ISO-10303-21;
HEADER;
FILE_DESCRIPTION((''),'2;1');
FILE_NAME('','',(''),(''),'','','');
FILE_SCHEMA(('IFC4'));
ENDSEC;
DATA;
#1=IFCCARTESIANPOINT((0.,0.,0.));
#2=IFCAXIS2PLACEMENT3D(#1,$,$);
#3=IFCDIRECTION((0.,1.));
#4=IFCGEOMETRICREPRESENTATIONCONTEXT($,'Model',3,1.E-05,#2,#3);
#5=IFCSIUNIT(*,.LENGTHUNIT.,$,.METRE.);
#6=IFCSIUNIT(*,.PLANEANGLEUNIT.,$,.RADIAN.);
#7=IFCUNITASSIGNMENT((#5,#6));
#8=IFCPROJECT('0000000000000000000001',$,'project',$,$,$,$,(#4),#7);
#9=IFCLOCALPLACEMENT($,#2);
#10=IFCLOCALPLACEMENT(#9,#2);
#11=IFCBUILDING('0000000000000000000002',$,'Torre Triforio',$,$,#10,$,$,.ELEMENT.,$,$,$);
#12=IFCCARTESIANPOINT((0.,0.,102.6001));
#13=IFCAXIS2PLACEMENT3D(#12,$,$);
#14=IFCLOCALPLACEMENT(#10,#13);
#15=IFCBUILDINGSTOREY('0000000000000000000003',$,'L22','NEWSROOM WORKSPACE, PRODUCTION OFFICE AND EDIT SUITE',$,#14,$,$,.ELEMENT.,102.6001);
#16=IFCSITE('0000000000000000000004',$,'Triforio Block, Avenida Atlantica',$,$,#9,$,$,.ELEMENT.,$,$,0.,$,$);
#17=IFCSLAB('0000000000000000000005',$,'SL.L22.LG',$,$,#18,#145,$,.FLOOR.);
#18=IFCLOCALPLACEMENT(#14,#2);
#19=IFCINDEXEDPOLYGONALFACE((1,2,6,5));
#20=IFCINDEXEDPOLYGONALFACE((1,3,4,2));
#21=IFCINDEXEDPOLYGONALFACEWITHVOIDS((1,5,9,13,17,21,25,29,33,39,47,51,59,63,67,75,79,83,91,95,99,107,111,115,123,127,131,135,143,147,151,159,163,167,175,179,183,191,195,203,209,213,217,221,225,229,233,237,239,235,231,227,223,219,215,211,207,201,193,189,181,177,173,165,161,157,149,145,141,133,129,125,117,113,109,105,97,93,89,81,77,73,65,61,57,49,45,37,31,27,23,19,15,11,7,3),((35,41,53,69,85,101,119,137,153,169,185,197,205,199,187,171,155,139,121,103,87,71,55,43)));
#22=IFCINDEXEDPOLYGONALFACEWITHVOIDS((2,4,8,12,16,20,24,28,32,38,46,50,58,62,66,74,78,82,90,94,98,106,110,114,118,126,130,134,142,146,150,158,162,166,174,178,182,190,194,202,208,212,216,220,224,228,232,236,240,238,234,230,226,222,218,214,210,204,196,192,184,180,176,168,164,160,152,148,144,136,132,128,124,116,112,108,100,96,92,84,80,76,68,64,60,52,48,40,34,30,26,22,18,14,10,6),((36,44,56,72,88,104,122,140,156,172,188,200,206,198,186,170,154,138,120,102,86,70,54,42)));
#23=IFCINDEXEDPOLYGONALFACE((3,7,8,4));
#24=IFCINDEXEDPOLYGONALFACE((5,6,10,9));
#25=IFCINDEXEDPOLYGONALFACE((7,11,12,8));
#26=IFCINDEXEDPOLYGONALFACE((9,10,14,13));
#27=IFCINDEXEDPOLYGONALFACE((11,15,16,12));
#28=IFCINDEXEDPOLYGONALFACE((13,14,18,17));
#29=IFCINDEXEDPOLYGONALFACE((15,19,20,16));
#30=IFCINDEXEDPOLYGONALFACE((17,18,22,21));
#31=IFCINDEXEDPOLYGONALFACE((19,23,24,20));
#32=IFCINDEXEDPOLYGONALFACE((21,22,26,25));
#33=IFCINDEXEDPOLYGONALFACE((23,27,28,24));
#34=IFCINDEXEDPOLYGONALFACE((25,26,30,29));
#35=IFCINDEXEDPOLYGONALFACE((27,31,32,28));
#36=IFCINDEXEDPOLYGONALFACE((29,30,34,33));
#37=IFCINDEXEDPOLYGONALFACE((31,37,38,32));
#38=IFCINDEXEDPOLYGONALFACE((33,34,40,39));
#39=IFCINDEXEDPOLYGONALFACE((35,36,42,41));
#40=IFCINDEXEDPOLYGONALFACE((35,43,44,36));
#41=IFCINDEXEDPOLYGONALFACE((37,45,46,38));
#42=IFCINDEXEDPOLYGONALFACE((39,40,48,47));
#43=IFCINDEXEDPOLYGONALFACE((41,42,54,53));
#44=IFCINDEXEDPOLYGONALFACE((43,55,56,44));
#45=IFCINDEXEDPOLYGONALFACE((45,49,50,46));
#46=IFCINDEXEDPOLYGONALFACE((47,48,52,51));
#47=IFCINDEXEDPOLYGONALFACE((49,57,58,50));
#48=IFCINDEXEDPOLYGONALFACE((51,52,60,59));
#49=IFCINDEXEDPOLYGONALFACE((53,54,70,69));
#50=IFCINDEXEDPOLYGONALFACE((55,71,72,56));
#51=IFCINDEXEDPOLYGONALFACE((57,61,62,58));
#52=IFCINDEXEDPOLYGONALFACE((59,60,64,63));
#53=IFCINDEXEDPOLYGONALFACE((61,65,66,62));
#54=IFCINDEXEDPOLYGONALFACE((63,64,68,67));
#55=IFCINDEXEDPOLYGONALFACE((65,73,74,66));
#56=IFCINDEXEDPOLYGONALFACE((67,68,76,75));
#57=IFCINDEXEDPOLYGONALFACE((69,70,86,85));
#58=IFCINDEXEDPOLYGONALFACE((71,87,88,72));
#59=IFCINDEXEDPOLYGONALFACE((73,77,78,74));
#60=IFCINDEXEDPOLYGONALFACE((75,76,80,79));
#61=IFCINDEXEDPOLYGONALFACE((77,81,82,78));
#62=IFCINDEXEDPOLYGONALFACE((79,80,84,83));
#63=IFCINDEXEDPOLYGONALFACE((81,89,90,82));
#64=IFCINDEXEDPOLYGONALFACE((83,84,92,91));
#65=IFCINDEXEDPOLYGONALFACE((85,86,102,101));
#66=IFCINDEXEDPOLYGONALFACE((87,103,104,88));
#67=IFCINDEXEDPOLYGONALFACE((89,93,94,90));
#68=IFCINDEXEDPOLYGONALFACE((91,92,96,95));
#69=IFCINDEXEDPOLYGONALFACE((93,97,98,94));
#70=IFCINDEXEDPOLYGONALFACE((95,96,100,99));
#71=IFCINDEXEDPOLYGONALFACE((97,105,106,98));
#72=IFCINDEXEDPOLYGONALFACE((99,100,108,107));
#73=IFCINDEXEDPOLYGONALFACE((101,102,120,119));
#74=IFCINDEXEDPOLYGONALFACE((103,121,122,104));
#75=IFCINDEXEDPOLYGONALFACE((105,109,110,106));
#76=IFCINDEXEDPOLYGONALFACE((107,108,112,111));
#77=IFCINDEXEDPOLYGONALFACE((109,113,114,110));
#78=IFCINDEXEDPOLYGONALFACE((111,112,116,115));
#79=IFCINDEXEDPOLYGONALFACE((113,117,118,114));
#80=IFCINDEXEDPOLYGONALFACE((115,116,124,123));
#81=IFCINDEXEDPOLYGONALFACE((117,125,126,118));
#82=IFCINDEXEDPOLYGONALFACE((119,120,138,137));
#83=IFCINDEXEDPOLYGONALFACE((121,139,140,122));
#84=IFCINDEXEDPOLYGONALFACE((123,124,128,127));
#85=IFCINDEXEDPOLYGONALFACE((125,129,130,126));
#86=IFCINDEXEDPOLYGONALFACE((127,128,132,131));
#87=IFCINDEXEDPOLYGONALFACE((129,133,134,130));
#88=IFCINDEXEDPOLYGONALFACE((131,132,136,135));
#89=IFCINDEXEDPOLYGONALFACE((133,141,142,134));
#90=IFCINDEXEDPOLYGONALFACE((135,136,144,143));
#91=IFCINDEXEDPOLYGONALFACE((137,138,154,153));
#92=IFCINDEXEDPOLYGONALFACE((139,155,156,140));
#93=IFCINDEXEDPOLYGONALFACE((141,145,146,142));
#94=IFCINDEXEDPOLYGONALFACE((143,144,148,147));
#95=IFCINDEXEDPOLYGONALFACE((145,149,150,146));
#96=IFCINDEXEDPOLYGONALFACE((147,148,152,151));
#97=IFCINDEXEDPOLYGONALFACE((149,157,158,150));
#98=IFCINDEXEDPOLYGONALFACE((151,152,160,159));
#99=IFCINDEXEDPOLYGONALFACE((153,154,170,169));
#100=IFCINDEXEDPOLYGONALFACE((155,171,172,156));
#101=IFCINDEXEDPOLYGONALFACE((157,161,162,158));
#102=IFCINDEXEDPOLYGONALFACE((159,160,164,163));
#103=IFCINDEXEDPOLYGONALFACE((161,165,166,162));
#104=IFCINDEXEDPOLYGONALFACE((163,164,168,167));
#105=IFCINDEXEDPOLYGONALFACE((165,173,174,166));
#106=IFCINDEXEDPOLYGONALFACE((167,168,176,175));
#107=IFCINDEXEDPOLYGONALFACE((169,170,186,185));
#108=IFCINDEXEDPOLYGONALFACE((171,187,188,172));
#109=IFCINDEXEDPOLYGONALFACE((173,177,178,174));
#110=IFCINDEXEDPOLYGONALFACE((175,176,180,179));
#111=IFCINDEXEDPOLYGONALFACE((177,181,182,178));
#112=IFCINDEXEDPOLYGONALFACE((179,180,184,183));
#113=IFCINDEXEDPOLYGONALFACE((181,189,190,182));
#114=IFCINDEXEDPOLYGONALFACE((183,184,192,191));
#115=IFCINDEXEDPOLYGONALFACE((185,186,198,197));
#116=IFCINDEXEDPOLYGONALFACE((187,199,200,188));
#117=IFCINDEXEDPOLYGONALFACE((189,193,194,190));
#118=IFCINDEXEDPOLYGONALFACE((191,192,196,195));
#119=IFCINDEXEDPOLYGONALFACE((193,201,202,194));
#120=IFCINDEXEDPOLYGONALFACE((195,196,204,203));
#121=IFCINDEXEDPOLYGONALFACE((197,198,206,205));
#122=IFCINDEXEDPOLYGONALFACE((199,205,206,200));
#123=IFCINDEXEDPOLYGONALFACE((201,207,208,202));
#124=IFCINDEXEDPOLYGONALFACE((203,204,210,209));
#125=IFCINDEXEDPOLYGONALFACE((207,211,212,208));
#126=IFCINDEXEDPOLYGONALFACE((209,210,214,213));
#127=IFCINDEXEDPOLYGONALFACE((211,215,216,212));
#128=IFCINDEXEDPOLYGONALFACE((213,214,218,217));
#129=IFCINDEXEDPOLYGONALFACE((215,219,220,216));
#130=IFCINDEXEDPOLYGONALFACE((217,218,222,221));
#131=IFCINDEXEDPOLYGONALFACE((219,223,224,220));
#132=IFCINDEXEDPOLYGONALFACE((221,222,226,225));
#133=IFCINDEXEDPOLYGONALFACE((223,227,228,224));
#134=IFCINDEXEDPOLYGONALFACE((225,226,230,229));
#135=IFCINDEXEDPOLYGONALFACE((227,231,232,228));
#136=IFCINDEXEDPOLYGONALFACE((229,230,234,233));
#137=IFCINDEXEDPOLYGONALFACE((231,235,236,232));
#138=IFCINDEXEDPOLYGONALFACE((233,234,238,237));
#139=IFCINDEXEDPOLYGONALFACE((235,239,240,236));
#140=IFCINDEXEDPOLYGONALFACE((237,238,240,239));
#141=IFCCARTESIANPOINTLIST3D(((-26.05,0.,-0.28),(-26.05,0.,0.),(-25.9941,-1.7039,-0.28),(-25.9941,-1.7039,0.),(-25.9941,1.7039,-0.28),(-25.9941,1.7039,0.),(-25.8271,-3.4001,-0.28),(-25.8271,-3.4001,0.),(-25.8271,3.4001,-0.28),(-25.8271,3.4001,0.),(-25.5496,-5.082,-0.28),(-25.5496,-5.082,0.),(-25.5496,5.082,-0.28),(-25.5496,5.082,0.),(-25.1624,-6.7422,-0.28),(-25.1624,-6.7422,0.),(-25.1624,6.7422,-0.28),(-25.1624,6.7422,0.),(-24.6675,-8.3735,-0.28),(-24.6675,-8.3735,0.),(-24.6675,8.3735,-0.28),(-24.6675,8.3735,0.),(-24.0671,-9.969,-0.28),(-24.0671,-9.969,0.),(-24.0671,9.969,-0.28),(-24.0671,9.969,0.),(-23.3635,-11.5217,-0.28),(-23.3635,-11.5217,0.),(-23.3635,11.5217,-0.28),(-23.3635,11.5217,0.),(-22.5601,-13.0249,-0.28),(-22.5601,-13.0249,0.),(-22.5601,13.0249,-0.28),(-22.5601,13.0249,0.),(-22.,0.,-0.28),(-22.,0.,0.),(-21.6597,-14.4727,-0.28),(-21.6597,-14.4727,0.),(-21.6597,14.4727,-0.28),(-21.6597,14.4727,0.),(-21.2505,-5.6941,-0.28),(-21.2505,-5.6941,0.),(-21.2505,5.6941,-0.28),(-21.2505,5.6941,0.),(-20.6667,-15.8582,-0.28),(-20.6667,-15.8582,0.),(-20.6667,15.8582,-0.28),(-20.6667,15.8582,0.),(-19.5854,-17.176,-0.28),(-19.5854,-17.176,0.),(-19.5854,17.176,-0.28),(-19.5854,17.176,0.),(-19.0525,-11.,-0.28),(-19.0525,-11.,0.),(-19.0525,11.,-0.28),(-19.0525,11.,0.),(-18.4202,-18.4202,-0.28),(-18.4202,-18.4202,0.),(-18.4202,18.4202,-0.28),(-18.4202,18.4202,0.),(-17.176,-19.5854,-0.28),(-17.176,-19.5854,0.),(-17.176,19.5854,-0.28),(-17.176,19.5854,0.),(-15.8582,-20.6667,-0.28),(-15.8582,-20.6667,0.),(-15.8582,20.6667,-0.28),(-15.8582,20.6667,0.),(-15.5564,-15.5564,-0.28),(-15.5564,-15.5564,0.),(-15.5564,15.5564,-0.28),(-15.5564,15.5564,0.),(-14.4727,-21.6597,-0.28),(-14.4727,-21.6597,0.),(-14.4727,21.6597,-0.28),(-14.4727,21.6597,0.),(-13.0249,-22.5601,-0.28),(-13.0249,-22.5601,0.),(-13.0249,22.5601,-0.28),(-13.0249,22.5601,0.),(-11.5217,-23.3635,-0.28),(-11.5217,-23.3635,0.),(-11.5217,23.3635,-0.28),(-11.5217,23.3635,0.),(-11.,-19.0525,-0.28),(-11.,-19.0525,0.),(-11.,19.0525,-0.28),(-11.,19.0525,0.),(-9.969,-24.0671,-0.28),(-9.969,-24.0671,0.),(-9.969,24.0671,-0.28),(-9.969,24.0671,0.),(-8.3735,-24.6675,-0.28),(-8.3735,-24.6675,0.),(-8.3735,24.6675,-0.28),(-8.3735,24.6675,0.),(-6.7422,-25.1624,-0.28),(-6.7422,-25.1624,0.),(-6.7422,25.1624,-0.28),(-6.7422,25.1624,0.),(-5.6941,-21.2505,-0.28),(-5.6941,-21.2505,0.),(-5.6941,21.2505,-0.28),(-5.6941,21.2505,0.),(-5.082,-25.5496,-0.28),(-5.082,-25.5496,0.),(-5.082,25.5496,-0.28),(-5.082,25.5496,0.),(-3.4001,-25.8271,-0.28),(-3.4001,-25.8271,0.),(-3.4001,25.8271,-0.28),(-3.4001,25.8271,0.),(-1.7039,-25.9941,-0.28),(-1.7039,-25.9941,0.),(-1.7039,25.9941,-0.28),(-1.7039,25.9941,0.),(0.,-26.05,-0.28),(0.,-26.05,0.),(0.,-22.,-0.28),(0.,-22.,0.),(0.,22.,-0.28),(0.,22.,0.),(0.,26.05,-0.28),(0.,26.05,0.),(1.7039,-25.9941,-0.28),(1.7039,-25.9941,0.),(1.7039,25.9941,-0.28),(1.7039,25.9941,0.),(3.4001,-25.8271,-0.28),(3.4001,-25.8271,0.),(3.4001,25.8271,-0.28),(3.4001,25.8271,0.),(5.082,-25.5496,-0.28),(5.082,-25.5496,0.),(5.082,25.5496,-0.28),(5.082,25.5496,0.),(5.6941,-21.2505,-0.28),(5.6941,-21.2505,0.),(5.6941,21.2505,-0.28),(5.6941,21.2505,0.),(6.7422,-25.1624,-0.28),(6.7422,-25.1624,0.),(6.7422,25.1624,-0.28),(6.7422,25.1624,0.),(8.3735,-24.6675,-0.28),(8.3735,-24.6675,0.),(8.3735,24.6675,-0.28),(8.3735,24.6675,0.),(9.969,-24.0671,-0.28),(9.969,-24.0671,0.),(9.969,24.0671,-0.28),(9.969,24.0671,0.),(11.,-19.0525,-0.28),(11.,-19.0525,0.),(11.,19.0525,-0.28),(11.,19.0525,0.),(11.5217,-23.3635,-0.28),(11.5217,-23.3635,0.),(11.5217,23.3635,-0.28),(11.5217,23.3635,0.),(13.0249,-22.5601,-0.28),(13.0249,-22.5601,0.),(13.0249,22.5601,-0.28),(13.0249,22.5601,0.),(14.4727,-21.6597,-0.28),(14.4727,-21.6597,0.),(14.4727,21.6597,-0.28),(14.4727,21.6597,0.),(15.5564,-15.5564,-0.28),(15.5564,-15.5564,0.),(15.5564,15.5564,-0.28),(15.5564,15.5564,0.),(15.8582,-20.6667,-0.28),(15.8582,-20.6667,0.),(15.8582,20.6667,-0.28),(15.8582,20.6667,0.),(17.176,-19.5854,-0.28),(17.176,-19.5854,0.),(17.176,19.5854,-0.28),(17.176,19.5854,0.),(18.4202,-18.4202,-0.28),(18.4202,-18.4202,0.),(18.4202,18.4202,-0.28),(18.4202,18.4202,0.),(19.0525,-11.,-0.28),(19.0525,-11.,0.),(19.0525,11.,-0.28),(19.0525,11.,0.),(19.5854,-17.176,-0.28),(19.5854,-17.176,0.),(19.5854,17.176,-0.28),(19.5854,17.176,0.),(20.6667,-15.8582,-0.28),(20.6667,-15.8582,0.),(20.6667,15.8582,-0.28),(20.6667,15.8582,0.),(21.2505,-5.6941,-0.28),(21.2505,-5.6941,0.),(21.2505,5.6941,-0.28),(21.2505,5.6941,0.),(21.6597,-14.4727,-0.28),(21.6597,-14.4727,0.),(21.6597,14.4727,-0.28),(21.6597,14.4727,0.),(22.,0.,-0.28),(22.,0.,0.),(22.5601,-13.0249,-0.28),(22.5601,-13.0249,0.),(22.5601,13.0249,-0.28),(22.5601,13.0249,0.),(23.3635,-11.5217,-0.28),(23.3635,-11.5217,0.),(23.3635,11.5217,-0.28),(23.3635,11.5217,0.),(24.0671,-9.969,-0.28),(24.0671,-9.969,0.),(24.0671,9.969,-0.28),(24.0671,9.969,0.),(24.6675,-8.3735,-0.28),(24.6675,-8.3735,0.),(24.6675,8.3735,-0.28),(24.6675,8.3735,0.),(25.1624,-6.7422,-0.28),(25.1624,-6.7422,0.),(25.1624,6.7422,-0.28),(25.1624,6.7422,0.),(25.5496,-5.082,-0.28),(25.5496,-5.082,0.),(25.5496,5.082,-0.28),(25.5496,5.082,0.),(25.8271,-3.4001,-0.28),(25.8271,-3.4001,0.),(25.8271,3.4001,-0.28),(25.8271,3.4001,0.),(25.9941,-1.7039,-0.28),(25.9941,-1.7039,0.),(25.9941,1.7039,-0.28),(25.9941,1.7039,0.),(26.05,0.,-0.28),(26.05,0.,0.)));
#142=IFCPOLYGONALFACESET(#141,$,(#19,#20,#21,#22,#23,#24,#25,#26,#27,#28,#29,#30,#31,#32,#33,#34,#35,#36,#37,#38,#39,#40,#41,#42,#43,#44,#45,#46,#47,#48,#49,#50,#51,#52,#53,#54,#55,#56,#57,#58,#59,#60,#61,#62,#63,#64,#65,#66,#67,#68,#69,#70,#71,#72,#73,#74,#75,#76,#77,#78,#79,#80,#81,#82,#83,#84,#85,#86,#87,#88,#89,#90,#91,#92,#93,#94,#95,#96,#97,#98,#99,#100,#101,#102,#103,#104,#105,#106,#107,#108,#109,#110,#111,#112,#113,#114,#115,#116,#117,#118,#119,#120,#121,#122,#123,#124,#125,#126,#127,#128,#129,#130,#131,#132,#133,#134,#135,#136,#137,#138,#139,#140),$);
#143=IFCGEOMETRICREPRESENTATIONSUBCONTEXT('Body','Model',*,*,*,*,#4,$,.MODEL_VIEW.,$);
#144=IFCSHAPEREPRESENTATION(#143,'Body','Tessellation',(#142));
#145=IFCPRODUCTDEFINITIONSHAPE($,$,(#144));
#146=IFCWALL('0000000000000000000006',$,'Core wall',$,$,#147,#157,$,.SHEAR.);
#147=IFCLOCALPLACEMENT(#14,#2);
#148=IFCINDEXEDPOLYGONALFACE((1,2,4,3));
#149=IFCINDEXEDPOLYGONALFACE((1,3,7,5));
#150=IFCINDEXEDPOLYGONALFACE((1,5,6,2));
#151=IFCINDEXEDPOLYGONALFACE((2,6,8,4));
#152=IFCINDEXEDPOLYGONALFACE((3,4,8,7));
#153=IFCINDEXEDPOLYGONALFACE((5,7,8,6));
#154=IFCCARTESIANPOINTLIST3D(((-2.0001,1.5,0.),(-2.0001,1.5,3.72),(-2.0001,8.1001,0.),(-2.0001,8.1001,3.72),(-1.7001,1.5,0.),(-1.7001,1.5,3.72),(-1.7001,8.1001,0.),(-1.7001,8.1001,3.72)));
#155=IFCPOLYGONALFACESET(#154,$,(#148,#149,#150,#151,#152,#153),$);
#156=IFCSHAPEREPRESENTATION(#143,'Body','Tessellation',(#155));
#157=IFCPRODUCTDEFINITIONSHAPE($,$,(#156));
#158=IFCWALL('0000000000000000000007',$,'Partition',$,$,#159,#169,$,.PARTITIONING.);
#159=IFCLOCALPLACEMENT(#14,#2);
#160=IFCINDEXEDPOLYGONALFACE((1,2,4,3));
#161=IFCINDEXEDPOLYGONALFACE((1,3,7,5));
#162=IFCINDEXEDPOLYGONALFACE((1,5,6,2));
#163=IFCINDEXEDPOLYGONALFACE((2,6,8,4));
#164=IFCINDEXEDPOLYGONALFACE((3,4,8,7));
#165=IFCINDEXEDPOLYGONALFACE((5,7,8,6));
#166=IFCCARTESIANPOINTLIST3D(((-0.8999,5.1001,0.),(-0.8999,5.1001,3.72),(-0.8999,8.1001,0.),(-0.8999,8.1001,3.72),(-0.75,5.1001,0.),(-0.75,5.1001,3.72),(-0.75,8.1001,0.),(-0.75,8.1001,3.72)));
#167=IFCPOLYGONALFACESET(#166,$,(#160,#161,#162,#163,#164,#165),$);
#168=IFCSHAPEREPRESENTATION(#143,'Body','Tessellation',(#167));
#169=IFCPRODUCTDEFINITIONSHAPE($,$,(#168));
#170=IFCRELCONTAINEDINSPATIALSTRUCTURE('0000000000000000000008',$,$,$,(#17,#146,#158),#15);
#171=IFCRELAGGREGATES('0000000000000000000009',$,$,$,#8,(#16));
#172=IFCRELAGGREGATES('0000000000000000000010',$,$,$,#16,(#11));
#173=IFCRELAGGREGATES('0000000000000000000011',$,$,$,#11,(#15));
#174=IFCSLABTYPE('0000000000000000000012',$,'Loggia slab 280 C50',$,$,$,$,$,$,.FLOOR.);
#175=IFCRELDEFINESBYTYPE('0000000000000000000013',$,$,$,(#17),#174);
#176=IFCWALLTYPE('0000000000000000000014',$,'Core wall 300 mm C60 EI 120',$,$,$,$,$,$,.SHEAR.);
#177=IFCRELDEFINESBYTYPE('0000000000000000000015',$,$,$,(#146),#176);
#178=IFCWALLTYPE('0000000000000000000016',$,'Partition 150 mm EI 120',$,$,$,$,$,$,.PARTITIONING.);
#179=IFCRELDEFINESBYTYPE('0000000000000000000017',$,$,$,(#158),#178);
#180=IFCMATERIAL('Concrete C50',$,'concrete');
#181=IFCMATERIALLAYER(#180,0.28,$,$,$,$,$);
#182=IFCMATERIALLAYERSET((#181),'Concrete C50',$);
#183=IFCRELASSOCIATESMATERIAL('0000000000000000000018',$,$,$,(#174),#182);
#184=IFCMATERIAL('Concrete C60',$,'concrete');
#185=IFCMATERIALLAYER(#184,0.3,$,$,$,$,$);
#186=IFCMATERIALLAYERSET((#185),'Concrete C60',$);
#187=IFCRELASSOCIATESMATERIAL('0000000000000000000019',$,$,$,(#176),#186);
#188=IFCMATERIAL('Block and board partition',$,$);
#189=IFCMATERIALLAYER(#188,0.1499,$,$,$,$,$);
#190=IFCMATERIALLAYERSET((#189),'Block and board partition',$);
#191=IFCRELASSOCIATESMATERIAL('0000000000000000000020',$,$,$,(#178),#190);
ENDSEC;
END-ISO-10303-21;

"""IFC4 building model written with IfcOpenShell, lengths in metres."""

from ifc_helpers import new_model, si_unit, direction, frame, frame_2d, origin, place, context, subcontext, project, spatial, polyline, rectangle, outline, extrude, material, layer, layer_set, type_object, element, save


model = new_model("IFC4")

# Units and contexts
model_context = context("Model", 3, precision=1e-05, world=origin(), true_north=direction((0.0, 1.0)))
body_context = subcontext(model_context, "Body", "Model", "MODEL_VIEW")
ifc_project = project(units=[si_unit("LENGTHUNIT", "METRE"), si_unit("PLANEANGLEUNIT", "RADIAN")], contexts=[model_context])

# Site, building, storey
site_placement = place(None, origin())
site = spatial("IfcSite", under=ifc_project, at=site_placement, Name="Triforio Block, Avenida Atlantica", CompositionType="ELEMENT", RefElevation=0.0)
building_placement = place(site_placement, origin())
building = spatial("IfcBuilding", under=site, at=building_placement, Name="Torre Triforio", CompositionType="ELEMENT")
storey_placement = place(building_placement, frame((0.0, 0.0, 102.6001)))
storey = spatial("IfcBuildingStorey", under=building, at=storey_placement, Name="L22", Description="NEWSROOM WORKSPACE, PRODUCTION OFFICE AND EDIT SUITE", CompositionType="ELEMENT", Elevation=102.6001)

# Slab
ifc_material_1 = material(Name="Concrete C50", Category="concrete")
ifc_layer_1 = layer(ifc_material_1, 0.28)
ifc_layer_set_1 = layer_set([ifc_layer_1], Name="Concrete C50")
slab_type_1 = type_object("IfcSlabType", Name="Loggia slab 280 C50", PredefinedType="FLOOR", material=ifc_layer_set_1)
slab_1_placement = place(storey_placement, frame((0.0, 0.0, -0.28)))
element("IfcSlab", 1, at=slab_1_placement, inside=storey, type_object=slab_type_1, Name="SL.L22.LG", PredefinedType="FLOOR", context=body_context, shape_type="SweptSolid", body=[
    extrude(outline(polyline([(25.9941, -1.7039), (26.05, 0.0), (25.9941, 1.7039), (25.8271, 3.4001), (25.5496, 5.082), (25.1624, 6.7422), (24.6675, 8.3735), (24.0671, 9.969), (23.3635, 11.5217), (22.5601, 13.0249), (21.6597, 14.4727), (20.6667, 15.8582), (19.5854, 17.176), (18.4202, 18.4202), (17.176, 19.5854), (15.8582, 20.6667), (14.4727, 21.6597), (13.0249, 22.5601), (11.5217, 23.3635), (9.969, 24.0671), (8.3735, 24.6675), (6.7422, 25.1624), (5.082, 25.5496), (3.4001, 25.8271), (1.7039, 25.9941), (0.0, 26.05), (-1.7039, 25.9941), (-3.4001, 25.8271), (-5.082, 25.5496), (-6.7422, 25.1624), (-8.3735, 24.6675), (-9.969, 24.0671), (-11.5217, 23.3635), (-13.0249, 22.5601), (-14.4727, 21.6597), (-15.8582, 20.6667), (-17.176, 19.5854), (-18.4202, 18.4202), (-19.5854, 17.176), (-20.6667, 15.8582), (-21.6597, 14.4727), (-22.5601, 13.0249), (-23.3635, 11.5217), (-24.0671, 9.969), (-24.6675, 8.3735), (-25.1624, 6.7422), (-25.5496, 5.082), (-25.8271, 3.4001), (-25.9941, 1.7039), (-26.05, 0.0), (-25.9941, -1.7039), (-25.8271, -3.4001), (-25.5496, -5.082), (-25.1624, -6.7422), (-24.6675, -8.3735), (-24.0671, -9.969), (-23.3635, -11.5217), (-22.5601, -13.0249), (-21.6597, -14.4727), (-20.6667, -15.8582), (-19.5854, -17.176), (-18.4202, -18.4202), (-17.176, -19.5854), (-15.8582, -20.6667), (-14.4727, -21.6597), (-13.0249, -22.5601), (-11.5217, -23.3635), (-9.969, -24.0671), (-8.3735, -24.6675), (-6.7422, -25.1624), (-5.082, -25.5496), (-3.4001, -25.8271), (-1.7039, -25.9941), (0.0, -26.05), (1.7039, -25.9941), (3.4001, -25.8271), (5.082, -25.5496), (6.7422, -25.1624), (8.3735, -24.6675), (9.969, -24.0671), (11.5217, -23.3635), (13.0249, -22.5601), (14.4727, -21.6597), (15.8582, -20.6667), (17.176, -19.5854), (18.4202, -18.4202), (19.5854, -17.176), (20.6667, -15.8582), (21.6597, -14.4727), (22.5601, -13.0249), (23.3635, -11.5217), (24.0671, -9.969), (24.6675, -8.3735), (25.1624, -6.7422), (25.5496, -5.082), (25.8271, -3.4001), (25.9941, -1.7039)]), holes=[polyline([(21.2505, 5.6941), (22.0, 0.0), (21.2505, -5.6941), (19.0525, -11.0), (15.5564, -15.5564), (11.0, -19.0525), (5.6941, -21.2505), (0.0, -22.0), (-5.6941, -21.2505), (-11.0, -19.0525), (-15.5564, -15.5564), (-19.0525, -11.0), (-21.2505, -5.6941), (-22.0, 0.0), (-21.2505, 5.6941), (-19.0525, 11.0), (-15.5564, 15.5564), (-11.0, 19.0525), (-5.6941, 21.2505), (0.0, 22.0), (5.6941, 21.2505), (11.0, 19.0525), (15.5564, 15.5564), (19.0525, 11.0), (21.2505, 5.6941)])]), origin(), (0.0, 0.0, 1.0), 0.28),
])

# Walls
ifc_material_2 = material(Name="Concrete C60", Category="concrete")
ifc_layer_2 = layer(ifc_material_2, 0.3)
ifc_layer_set_2 = layer_set([ifc_layer_2], Name="Concrete C60")
wall_type_1 = type_object("IfcWallType", Name="Core wall 300 mm C60 EI 120", PredefinedType="SHEAR", material=ifc_layer_set_2)
wall_1_placement = place(storey_placement, frame((-1.8501, 1.5, 0.0), z_axis=(0.0, 0.0, 1.0), x_axis=(0.0, 1.0, 0.0)))
element("IfcWall", 2, at=wall_1_placement, inside=storey, type_object=wall_type_1, Name="Core wall", PredefinedType="SHEAR", context=body_context, shape_type="SweptSolid", body=[
    extrude(rectangle(XDim=6.6001, YDim=0.3, at=frame_2d((3.3, 0.0))), origin(), (0.0, 0.0, 1.0), 3.72),
])
ifc_material_3 = material(Name="Block and board partition")
ifc_layer_3 = layer(ifc_material_3, 0.1499)
ifc_layer_set_3 = layer_set([ifc_layer_3], Name="Block and board partition")
wall_type_2 = type_object("IfcWallType", Name="Partition 150 mm EI 120", PredefinedType="PARTITIONING", material=ifc_layer_set_3)
wall_2_placement = place(storey_placement, frame((-0.825, 5.1001, 0.0), z_axis=(0.0, 0.0, 1.0), x_axis=(0.0, 1.0, 0.0)))
element("IfcWall", 3, at=wall_2_placement, inside=storey, type_object=wall_type_2, Name="Partition", PredefinedType="PARTITIONING", context=body_context, shape_type="SweptSolid", body=[
    extrude(rectangle(XDim=3.0, YDim=0.1499, at=frame_2d((1.5, 0.0))), origin(), (0.0, 0.0, 1.0), 3.72),
])

save(model, "model.ifc")
